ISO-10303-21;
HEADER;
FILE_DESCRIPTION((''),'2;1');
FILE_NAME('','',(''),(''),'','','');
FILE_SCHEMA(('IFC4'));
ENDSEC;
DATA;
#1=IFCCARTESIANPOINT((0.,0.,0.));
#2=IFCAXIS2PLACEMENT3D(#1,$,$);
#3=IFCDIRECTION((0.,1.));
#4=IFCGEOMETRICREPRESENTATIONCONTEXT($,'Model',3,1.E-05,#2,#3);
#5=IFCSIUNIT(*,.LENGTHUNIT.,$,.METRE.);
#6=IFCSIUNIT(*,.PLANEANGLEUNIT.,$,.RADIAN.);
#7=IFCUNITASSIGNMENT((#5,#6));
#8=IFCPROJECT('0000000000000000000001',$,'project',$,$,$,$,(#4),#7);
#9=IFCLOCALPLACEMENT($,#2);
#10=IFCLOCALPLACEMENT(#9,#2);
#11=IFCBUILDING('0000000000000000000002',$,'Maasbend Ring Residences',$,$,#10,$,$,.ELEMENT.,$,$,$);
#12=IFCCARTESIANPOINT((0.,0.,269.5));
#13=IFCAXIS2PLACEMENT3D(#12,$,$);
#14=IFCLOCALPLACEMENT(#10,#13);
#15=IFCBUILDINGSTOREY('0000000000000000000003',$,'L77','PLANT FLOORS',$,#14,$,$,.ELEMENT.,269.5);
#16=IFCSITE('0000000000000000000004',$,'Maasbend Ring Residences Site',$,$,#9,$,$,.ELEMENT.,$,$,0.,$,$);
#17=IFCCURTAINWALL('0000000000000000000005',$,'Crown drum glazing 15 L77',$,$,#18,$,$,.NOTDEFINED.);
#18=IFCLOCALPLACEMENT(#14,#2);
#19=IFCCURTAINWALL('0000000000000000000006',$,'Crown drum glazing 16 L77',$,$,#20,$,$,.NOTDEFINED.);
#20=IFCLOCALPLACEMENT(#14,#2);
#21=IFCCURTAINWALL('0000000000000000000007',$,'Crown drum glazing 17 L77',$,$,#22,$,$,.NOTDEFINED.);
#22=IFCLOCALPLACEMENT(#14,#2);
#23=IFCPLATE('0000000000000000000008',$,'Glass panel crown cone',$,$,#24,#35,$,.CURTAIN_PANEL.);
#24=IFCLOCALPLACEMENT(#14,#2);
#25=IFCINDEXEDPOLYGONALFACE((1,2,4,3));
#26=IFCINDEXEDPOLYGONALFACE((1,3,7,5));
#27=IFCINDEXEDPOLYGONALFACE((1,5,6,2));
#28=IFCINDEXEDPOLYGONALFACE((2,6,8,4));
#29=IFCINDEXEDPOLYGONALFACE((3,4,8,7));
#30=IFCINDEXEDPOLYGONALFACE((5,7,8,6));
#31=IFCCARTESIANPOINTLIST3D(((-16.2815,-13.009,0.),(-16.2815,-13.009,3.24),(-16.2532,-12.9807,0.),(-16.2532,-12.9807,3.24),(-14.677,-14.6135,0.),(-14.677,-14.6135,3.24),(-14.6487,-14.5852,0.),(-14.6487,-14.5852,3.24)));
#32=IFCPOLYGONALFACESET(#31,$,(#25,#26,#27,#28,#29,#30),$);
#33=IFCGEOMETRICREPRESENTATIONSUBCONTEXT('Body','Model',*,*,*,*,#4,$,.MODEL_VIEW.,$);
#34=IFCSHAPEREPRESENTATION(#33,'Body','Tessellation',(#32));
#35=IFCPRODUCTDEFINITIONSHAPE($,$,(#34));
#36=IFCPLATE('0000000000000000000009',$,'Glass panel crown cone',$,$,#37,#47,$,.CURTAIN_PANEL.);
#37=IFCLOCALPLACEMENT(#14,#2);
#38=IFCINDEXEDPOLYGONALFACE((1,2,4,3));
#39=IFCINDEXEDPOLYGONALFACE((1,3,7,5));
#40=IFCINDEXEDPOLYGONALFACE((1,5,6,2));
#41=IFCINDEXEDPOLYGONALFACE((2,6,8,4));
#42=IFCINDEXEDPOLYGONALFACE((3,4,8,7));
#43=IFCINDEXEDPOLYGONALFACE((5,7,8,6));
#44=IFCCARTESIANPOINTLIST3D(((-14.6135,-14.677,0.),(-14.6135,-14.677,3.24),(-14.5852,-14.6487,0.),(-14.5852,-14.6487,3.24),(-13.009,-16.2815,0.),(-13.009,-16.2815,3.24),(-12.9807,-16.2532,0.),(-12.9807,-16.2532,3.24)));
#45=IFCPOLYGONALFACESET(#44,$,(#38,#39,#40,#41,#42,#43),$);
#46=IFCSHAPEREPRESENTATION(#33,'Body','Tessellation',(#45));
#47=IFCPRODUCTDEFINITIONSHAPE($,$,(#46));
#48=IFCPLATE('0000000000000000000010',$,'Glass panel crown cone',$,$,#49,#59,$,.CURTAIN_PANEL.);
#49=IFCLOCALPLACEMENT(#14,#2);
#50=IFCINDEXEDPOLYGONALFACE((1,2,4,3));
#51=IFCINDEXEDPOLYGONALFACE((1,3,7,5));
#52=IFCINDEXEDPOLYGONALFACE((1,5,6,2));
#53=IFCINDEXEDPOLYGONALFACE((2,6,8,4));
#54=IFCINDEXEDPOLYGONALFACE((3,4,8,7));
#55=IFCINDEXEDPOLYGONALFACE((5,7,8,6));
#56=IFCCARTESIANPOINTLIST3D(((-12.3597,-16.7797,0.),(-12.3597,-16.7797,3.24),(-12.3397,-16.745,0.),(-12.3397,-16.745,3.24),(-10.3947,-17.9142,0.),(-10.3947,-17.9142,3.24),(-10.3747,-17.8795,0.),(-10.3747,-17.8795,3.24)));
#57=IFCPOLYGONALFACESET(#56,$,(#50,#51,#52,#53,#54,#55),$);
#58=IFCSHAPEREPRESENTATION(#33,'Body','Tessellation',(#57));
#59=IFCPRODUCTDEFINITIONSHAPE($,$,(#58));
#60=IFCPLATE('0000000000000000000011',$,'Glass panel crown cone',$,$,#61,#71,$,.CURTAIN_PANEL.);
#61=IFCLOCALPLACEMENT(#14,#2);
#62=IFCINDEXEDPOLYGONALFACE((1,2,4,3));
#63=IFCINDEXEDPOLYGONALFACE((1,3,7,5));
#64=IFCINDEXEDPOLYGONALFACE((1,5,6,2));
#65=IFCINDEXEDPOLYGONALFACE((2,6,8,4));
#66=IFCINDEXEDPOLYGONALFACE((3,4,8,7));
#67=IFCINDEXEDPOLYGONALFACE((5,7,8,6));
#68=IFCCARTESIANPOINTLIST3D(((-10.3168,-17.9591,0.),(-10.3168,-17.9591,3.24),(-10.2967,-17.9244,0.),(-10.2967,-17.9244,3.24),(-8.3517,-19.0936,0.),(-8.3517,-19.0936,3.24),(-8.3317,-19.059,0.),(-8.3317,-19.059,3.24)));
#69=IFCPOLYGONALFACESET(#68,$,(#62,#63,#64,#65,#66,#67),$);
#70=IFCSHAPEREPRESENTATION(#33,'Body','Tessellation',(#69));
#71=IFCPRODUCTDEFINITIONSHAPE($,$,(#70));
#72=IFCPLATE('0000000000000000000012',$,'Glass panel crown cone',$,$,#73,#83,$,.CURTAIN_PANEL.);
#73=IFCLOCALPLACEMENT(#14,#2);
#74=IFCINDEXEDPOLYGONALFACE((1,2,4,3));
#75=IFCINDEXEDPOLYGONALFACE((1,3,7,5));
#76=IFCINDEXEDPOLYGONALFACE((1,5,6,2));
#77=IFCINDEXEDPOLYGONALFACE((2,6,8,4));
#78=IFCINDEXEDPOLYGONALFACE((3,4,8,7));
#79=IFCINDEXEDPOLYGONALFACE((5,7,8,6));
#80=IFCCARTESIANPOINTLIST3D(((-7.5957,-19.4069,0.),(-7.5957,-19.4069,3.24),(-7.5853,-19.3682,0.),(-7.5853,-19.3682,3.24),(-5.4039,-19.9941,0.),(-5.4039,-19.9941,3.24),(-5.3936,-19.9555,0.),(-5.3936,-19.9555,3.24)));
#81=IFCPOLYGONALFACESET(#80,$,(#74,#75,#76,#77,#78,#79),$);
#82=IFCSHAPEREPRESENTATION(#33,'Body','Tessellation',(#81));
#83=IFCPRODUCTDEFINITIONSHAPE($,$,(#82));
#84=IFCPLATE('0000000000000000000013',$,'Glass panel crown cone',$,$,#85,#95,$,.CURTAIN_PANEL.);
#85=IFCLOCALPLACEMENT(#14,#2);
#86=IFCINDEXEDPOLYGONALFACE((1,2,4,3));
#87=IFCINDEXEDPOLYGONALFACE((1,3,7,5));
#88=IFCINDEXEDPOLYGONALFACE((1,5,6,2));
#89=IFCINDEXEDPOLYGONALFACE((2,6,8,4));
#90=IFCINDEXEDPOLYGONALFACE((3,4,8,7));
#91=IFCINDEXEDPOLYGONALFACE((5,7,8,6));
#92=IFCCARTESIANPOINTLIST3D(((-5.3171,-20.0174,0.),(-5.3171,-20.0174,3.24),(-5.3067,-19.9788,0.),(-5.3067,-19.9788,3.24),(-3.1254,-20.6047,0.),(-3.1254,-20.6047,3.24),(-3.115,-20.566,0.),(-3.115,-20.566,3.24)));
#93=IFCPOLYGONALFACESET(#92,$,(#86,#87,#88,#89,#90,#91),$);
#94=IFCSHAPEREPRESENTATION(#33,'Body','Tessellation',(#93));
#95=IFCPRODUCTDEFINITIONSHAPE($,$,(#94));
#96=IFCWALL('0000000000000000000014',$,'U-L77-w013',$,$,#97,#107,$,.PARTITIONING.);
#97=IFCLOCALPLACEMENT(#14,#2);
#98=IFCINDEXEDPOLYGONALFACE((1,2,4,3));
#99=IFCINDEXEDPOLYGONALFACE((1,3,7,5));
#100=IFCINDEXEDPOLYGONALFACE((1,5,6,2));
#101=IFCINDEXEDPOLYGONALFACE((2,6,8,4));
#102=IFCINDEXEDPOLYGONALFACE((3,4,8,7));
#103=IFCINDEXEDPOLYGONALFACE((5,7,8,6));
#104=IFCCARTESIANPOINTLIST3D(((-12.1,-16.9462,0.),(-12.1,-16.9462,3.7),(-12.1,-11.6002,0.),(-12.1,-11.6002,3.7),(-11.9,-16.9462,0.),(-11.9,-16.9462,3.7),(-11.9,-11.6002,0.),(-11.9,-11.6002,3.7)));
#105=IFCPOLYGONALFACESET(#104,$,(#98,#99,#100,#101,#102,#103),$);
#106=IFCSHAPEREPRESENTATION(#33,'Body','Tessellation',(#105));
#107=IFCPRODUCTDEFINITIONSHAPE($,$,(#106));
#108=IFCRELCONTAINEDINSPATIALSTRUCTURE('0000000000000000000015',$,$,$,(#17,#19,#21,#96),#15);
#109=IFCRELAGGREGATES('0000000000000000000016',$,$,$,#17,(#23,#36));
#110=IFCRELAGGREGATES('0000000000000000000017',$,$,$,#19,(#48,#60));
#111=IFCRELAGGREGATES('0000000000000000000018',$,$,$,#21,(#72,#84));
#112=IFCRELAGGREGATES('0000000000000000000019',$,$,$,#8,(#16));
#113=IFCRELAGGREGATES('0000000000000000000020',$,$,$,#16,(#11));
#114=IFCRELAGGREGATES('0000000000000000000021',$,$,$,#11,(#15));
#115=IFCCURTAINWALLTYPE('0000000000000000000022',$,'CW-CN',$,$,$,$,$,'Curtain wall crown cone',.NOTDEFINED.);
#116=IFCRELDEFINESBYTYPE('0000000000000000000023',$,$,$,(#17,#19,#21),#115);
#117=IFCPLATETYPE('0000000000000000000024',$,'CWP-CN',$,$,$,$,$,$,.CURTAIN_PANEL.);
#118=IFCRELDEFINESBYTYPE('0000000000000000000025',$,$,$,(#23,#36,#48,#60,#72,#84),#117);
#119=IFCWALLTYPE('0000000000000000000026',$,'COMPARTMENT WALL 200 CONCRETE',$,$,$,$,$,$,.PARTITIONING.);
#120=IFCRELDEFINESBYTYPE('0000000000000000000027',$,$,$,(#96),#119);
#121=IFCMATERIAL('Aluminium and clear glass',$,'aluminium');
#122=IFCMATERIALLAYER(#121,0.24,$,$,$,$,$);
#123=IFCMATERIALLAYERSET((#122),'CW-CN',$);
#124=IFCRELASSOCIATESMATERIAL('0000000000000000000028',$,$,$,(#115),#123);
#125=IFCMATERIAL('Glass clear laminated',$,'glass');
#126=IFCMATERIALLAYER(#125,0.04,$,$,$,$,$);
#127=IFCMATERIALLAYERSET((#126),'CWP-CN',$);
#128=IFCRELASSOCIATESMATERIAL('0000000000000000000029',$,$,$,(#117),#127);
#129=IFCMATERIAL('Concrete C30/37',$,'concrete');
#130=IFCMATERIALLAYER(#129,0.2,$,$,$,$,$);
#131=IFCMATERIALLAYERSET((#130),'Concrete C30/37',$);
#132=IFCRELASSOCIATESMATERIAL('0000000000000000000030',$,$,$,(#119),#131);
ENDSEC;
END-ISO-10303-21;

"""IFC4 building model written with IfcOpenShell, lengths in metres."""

from ifc_helpers import new_model, si_unit, direction, frame, frame_2d, origin, origin_2d, place, context, subcontext, project, spatial, rectangle, extrude, material, layer, layer_set, type_object, element, aggregate, save


model = new_model("IFC4")

# Units and contexts
model_context = context("Model", 3, precision=1e-05, world=origin(), true_north=direction((0.0, 1.0)))
body_context = subcontext(model_context, "Body", "Model", "MODEL_VIEW")
ifc_project = project(units=[si_unit("LENGTHUNIT", "METRE"), si_unit("PLANEANGLEUNIT", "RADIAN")], contexts=[model_context])

# Site, building, storey
site_placement = place(None, origin())
site = spatial("IfcSite", under=ifc_project, at=site_placement, Name="Maasbend Ring Residences Site", CompositionType="ELEMENT", RefElevation=0.0)
building_placement = place(site_placement, origin())
building = spatial("IfcBuilding", under=site, at=building_placement, Name="Maasbend Ring Residences", CompositionType="ELEMENT")
storey_placement = place(building_placement, frame((0.0, 0.0, 269.5)))
storey = spatial("IfcBuildingStorey", under=building, at=storey_placement, Name="L77", Description="PLANT FLOORS", CompositionType="ELEMENT", Elevation=269.5)

# Shared definitions
ifc_material_1 = material(Name="Aluminium and clear glass", Category="aluminium")
ifc_layer_1 = layer(ifc_material_1, 0.24)
ifc_layer_set_1 = layer_set([ifc_layer_1], Name="CW-CN")
curtain_wall_type = type_object("IfcCurtainWallType", Name="CW-CN", ElementType="Curtain wall crown cone", PredefinedType="NOTDEFINED", material=ifc_layer_set_1)

# Curtain walls
curtain_wall_1_placement = place(storey_placement, origin())
curtain_wall_1 = element("IfcCurtainWall", 1, at=curtain_wall_1_placement, inside=storey, type_object=curtain_wall_type, Name="Crown drum glazing 15 L77", PredefinedType="NOTDEFINED")
curtain_wall_2_placement = place(storey_placement, origin())
curtain_wall_2 = element("IfcCurtainWall", 2, at=curtain_wall_2_placement, inside=storey, type_object=curtain_wall_type, Name="Crown drum glazing 16 L77", PredefinedType="NOTDEFINED")
curtain_wall_3_placement = place(storey_placement, origin())
curtain_wall_3 = element("IfcCurtainWall", 3, at=curtain_wall_3_placement, inside=storey, type_object=curtain_wall_type, Name="Crown drum glazing 17 L77", PredefinedType="NOTDEFINED")

# Plates
ifc_material_2 = material(Name="Glass clear laminated", Category="glass")
ifc_layer_2 = layer(ifc_material_2, 0.04)
ifc_layer_set_2 = layer_set([ifc_layer_2], Name="CWP-CN")
plate_type = type_object("IfcPlateType", Name="CWP-CN", PredefinedType="CURTAIN_PANEL", material=ifc_layer_set_2)
plate_1_placement = place(storey_placement, frame((-15.4651, -13.7971, 0.0), z_axis=(0.0, 0.0, 1.0), x_axis=(0.707107, -0.707107, 0.0)))
plate_1 = element("IfcPlate", 4, at=plate_1_placement, type_object=plate_type, Name="Glass panel crown cone", PredefinedType="CURTAIN_PANEL", context=body_context, shape_type="SweptSolid", body=[
    extrude(rectangle(XDim=2.269, YDim=0.04, at=origin_2d()), origin(), (0.0, 0.0, 1.0), 3.24),
])
plate_2_placement = place(storey_placement, frame((-13.7971, -15.4651, 0.0), z_axis=(0.0, 0.0, 1.0), x_axis=(0.707107, -0.707107, 0.0)))
plate_2 = element("IfcPlate", 5, at=plate_2_placement, type_object=plate_type, Name="Glass panel crown cone", PredefinedType="CURTAIN_PANEL", context=body_context, shape_type="SweptSolid", body=[
    extrude(rectangle(XDim=2.269, YDim=0.04, at=origin_2d()), origin(), (0.0, 0.0, 1.0), 3.24),
])
aggregate(curtain_wall_1, [plate_1, plate_2])
plate_3_placement = place(storey_placement, frame((-11.3672, -17.3296, 0.0), z_axis=(0.0, 0.0, 1.0), x_axis=(0.866025, -0.5, 0.0)))
plate_3 = element("IfcPlate", 6, at=plate_3_placement, type_object=plate_type, Name="Glass panel crown cone", PredefinedType="CURTAIN_PANEL", context=body_context, shape_type="SweptSolid", body=[
    extrude(rectangle(XDim=2.269, YDim=0.04, at=origin_2d()), origin(), (0.0, 0.0, 1.0), 3.24),
])
plate_4_placement = place(storey_placement, frame((-9.3242, -18.509, 0.0), z_axis=(0.0, 0.0, 1.0), x_axis=(0.866025, -0.5, 0.0)))
plate_4 = element("IfcPlate", 7, at=plate_4_placement, type_object=plate_type, Name="Glass panel crown cone", PredefinedType="CURTAIN_PANEL", context=body_context, shape_type="SweptSolid", body=[
    extrude(rectangle(XDim=2.269, YDim=0.04, at=origin_2d()), origin(), (0.0, 0.0, 1.0), 3.24),
])
aggregate(curtain_wall_2, [plate_3, plate_4])
plate_5_placement = place(storey_placement, frame((-6.4946, -19.6812, 0.0), z_axis=(0.0, 0.0, 1.0), x_axis=(0.965926, -0.258819, 0.0)))
plate_5 = element("IfcPlate", 8, at=plate_5_placement, type_object=plate_type, Name="Glass panel crown cone", PredefinedType="CURTAIN_PANEL", context=body_context, shape_type="SweptSolid", body=[
    extrude(rectangle(XDim=2.269, YDim=0.04, at=origin_2d()), origin(), (0.0, 0.0, 1.0), 3.24),
])
plate_6_placement = place(storey_placement, frame((-4.2161, -20.2917, 0.0), z_axis=(0.0, 0.0, 1.0), x_axis=(0.965926, -0.258819, 0.0)))
plate_6 = element("IfcPlate", 9, at=plate_6_placement, type_object=plate_type, Name="Glass panel crown cone", PredefinedType="CURTAIN_PANEL", context=body_context, shape_type="SweptSolid", body=[
    extrude(rectangle(XDim=2.269, YDim=0.04, at=origin_2d()), origin(), (0.0, 0.0, 1.0), 3.24),
])
aggregate(curtain_wall_3, [plate_5, plate_6])

# Wall
ifc_material_3 = material(Name="Concrete C30/37", Category="concrete")
ifc_layer_3 = layer(ifc_material_3, 0.2)
ifc_layer_set_3 = layer_set([ifc_layer_3], Name="Concrete C30/37")
wall_type = type_object("IfcWallType", Name="COMPARTMENT WALL 200 CONCRETE", PredefinedType="PARTITIONING", material=ifc_layer_set_3)
wall_placement = place(storey_placement, frame((-12.0, -16.946, 0.0), z_axis=(0.0, 0.0, 1.0), x_axis=(0.0, 1.0, 0.0)))
element("IfcWall", 10, at=wall_placement, inside=storey, type_object=wall_type, Name="U-L77-w013", PredefinedType="PARTITIONING", context=body_context, shape_type="SweptSolid", body=[
    extrude(rectangle(XDim=5.3459, YDim=0.2, at=frame_2d((2.6729, 0.0))), origin(), (0.0, 0.0, 1.0), 3.7),
])

save(model, "model.ifc")
